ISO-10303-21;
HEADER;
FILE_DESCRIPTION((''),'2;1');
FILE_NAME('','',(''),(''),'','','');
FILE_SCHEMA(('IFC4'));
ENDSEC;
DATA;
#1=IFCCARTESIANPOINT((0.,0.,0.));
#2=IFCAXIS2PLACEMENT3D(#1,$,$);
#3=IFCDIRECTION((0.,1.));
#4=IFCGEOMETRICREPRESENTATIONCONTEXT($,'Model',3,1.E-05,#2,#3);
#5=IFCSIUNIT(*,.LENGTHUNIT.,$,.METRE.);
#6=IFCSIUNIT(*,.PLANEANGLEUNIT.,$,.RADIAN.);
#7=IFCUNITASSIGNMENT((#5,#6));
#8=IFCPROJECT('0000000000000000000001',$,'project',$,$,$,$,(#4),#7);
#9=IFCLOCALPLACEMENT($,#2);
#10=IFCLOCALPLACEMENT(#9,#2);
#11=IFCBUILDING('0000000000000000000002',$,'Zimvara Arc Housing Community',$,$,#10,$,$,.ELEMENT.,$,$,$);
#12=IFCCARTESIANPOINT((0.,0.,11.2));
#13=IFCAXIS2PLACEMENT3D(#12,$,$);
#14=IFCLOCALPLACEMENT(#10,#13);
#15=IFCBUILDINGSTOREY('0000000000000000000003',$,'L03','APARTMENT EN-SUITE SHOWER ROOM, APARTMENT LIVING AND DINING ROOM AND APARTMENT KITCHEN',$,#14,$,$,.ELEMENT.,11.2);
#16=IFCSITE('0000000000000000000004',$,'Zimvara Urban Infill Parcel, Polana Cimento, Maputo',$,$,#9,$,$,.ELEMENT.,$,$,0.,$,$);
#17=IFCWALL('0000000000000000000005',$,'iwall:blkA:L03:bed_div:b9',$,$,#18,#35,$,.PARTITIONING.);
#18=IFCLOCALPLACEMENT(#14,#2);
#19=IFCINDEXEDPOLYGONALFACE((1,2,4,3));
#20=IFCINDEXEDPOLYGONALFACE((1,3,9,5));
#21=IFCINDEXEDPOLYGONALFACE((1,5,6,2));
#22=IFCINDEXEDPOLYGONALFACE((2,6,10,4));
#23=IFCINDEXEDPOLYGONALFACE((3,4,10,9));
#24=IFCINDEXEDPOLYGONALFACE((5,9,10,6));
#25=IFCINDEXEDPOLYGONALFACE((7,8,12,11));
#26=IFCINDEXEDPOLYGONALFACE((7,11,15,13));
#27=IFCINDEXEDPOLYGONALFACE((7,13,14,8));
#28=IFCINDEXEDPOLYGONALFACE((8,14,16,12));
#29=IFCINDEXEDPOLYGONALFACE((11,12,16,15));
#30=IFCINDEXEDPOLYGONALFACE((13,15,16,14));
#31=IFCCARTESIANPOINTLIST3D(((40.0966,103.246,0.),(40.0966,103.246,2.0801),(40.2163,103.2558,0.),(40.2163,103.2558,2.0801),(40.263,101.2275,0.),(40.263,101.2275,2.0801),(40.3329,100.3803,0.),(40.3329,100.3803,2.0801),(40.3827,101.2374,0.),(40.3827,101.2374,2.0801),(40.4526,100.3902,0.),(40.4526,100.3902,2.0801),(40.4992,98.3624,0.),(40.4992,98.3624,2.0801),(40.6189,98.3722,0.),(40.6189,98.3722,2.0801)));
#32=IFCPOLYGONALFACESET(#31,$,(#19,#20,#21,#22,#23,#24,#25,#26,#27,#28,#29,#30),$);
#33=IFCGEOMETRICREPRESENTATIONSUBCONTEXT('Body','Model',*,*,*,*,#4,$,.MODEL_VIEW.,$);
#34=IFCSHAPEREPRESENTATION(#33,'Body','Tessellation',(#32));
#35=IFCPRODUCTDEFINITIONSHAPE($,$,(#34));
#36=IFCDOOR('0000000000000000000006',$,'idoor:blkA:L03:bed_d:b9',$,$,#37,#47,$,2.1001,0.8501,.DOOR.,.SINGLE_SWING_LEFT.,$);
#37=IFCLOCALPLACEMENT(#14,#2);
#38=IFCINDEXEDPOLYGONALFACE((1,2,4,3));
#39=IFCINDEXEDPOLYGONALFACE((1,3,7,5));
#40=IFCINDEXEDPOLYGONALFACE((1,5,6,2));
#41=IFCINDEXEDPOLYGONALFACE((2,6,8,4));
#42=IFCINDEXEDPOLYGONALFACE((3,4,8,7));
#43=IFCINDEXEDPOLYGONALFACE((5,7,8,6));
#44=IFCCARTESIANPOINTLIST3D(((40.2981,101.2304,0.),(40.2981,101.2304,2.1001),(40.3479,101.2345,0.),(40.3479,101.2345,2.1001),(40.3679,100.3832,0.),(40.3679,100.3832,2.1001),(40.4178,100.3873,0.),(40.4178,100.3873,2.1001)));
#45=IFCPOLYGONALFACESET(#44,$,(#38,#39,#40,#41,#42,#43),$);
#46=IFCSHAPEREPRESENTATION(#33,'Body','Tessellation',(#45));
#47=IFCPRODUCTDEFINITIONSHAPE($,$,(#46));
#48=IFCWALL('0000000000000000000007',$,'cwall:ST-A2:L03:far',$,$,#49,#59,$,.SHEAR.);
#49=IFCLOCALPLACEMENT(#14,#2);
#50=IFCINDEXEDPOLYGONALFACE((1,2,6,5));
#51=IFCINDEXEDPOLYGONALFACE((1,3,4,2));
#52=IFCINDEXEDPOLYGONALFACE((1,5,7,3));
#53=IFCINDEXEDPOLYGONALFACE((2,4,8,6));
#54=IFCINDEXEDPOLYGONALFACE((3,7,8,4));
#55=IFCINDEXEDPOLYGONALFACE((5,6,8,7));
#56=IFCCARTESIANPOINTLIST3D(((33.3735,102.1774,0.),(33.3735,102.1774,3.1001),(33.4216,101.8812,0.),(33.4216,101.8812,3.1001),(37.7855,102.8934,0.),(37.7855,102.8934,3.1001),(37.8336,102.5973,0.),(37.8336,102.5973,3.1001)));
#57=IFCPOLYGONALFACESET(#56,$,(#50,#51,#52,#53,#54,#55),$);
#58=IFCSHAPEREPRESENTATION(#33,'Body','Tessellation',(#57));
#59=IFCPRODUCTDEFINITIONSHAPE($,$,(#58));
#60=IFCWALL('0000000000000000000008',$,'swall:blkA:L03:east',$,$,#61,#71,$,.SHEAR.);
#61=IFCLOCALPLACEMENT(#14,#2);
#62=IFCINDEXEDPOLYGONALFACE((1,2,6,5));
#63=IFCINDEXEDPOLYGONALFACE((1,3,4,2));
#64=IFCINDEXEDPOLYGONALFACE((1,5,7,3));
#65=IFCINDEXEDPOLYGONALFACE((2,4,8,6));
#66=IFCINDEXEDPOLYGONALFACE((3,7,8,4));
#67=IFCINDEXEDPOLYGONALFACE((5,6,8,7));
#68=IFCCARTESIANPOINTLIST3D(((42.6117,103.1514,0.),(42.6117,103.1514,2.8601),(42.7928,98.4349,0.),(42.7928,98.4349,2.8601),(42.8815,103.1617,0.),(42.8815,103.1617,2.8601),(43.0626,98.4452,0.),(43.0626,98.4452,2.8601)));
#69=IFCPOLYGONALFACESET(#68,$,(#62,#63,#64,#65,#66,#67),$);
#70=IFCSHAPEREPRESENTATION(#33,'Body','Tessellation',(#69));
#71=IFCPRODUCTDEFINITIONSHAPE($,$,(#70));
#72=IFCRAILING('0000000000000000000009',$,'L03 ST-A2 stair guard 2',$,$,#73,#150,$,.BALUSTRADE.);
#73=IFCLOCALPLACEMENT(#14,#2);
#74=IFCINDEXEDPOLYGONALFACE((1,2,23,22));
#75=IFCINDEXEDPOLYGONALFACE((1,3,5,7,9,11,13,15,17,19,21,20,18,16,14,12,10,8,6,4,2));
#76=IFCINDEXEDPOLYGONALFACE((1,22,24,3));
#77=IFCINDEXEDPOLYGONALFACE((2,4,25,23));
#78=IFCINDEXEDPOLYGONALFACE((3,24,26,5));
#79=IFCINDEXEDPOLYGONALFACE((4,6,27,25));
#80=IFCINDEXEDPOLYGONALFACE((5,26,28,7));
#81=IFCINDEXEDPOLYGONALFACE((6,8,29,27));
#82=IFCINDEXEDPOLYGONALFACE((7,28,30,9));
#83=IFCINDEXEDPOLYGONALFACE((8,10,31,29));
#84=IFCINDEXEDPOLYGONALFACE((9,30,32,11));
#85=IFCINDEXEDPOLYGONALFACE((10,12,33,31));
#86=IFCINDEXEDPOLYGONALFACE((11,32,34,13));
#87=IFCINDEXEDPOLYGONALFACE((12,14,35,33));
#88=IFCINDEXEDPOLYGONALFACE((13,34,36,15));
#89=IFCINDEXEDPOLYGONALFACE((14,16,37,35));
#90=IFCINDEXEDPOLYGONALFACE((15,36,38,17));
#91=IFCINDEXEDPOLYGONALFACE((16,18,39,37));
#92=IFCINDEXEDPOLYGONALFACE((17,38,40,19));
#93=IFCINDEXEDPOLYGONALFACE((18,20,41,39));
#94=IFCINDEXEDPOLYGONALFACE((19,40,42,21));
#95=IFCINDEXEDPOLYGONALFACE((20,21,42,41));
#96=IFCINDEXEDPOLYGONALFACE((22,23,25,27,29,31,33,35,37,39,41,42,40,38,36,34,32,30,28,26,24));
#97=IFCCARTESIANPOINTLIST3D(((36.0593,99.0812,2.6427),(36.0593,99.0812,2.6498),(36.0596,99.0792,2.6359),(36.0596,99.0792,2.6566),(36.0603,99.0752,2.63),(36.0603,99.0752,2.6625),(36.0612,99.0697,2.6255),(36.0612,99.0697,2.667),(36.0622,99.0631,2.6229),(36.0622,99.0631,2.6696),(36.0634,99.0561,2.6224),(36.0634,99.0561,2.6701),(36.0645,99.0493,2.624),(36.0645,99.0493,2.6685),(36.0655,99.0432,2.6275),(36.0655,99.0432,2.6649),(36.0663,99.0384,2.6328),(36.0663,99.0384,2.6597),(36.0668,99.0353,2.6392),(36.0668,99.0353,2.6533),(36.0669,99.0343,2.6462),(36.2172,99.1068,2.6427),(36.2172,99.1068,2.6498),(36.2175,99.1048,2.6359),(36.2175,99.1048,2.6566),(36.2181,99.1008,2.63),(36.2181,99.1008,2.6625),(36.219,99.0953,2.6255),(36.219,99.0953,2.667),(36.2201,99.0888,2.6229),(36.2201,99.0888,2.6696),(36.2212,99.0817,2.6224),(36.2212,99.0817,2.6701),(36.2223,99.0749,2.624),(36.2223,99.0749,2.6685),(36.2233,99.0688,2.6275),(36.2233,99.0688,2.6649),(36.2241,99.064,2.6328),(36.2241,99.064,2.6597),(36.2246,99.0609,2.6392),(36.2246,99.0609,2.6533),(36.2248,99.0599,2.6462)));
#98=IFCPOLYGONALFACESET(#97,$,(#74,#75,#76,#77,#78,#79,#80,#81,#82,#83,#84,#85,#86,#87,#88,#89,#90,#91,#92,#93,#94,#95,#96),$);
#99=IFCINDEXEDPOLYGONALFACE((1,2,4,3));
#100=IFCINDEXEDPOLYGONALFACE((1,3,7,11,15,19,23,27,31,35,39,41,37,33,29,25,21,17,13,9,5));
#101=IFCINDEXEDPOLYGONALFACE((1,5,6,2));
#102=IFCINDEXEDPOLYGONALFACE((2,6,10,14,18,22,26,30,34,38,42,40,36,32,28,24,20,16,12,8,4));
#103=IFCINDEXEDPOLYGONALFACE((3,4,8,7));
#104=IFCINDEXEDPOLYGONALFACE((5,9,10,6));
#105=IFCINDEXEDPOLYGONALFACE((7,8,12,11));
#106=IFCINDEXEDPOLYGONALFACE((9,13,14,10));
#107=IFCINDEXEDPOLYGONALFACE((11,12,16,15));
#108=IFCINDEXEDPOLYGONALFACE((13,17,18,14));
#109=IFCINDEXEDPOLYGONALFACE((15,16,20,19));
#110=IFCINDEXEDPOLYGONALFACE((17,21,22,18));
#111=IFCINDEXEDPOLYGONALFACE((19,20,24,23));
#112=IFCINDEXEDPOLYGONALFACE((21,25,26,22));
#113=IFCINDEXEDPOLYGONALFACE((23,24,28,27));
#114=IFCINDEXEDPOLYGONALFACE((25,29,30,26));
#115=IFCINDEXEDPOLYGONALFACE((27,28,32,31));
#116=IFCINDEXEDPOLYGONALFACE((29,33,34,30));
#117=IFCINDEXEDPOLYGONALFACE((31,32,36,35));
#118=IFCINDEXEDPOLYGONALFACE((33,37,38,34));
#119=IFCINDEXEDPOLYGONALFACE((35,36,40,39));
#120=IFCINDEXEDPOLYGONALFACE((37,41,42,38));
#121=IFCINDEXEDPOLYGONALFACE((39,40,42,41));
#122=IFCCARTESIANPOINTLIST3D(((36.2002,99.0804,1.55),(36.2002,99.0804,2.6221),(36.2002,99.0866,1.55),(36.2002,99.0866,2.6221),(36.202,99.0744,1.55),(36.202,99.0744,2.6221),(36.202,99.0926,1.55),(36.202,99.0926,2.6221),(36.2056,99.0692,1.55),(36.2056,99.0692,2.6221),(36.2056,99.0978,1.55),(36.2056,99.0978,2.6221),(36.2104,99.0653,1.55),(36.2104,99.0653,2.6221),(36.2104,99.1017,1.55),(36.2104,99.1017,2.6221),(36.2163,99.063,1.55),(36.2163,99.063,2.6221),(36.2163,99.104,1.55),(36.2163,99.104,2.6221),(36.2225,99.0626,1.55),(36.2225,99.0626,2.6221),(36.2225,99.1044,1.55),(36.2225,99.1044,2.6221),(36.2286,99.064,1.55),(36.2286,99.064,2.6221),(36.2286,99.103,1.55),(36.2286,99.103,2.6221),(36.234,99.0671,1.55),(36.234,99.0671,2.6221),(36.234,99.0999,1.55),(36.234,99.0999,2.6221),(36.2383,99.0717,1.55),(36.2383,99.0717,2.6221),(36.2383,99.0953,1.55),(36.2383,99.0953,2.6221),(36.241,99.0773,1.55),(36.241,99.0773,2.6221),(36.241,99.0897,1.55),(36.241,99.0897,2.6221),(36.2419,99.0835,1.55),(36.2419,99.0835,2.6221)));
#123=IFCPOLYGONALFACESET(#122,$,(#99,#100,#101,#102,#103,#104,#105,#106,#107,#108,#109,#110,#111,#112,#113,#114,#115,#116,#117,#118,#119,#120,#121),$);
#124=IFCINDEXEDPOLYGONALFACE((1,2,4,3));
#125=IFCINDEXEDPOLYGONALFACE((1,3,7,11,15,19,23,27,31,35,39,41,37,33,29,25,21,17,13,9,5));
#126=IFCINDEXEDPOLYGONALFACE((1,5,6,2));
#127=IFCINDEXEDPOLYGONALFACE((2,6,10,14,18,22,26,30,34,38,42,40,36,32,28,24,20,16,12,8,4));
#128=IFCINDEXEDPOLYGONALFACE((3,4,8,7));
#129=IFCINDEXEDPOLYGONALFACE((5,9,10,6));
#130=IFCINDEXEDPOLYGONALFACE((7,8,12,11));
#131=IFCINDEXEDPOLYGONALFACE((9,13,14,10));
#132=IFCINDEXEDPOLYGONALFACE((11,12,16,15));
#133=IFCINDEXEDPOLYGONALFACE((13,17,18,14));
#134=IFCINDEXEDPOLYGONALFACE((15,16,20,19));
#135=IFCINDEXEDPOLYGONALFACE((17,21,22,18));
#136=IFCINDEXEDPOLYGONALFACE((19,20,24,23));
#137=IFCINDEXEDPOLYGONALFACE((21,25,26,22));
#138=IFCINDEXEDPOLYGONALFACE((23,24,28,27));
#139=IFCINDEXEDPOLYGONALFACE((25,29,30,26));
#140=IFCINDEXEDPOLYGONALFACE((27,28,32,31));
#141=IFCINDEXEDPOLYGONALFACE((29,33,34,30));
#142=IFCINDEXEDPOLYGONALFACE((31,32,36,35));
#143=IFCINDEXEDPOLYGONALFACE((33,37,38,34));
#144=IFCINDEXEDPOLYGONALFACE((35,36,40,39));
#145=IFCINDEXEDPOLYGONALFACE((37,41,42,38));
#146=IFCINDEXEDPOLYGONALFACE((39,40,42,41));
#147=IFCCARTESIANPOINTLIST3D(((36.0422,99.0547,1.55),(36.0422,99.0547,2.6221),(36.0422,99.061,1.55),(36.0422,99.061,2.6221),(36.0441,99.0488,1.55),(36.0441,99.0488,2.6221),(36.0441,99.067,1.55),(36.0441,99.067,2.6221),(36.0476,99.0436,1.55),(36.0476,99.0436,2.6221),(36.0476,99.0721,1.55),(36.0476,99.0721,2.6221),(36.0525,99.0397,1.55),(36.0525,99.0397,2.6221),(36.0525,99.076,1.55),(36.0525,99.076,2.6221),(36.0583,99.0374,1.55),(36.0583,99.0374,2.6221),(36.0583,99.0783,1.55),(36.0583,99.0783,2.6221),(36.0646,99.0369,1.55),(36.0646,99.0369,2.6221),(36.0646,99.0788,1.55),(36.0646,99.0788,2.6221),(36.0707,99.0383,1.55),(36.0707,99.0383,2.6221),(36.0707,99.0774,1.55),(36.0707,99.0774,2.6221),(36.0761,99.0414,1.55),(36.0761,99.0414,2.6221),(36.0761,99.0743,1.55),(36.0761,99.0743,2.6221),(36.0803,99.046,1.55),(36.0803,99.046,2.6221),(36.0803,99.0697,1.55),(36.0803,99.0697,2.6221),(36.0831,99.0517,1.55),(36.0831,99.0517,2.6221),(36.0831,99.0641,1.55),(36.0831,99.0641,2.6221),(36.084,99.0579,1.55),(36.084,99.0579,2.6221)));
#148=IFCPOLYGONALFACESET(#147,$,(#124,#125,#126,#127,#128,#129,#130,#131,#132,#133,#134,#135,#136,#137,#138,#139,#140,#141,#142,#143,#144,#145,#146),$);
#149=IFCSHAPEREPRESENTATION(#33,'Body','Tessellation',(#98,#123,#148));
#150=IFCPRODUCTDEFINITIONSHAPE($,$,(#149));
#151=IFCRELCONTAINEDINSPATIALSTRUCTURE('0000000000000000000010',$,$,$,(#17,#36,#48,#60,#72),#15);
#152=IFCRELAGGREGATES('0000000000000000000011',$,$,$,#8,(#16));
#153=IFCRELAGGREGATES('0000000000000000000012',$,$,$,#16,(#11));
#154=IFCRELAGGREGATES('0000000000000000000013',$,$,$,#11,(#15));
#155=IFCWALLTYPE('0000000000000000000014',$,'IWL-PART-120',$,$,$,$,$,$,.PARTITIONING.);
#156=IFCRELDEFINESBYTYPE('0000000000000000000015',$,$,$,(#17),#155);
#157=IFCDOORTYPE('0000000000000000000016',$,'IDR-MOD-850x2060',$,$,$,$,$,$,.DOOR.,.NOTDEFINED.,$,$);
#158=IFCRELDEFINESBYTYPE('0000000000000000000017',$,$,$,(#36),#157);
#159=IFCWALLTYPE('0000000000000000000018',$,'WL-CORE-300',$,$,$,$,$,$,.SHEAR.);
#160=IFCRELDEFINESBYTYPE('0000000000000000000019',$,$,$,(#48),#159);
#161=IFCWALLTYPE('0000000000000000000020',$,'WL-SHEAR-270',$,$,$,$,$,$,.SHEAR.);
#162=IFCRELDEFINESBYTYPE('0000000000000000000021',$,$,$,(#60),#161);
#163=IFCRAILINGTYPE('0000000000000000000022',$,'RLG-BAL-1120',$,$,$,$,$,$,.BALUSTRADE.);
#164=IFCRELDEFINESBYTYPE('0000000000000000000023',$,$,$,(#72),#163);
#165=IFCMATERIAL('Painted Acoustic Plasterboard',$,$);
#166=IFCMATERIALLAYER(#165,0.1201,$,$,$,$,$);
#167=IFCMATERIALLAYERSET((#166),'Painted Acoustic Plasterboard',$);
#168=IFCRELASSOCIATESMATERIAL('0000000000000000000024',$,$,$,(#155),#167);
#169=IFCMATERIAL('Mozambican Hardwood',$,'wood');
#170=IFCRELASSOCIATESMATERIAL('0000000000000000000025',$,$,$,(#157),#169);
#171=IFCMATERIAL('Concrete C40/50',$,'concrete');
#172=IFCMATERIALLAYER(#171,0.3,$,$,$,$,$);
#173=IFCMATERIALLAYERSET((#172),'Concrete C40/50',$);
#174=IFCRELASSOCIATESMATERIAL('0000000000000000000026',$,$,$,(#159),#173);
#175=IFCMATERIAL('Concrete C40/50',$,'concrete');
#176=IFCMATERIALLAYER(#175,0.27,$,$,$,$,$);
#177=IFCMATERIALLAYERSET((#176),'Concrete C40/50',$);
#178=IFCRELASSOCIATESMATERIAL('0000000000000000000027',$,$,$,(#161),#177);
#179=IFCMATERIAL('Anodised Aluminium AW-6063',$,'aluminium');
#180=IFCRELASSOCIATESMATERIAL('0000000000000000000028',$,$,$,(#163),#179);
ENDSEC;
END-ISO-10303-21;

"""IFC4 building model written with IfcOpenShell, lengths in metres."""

from ifc_helpers import new_model, si_unit, direction, frame, frame_2d, origin, origin_2d, place, context, subcontext, project, spatial, rectangle, circle, extrude, material, layer, layer_set, type_object, element, fill, save


model = new_model("IFC4")

# Units and contexts
model_context = context("Model", 3, precision=1e-05, world=origin(), true_north=direction((0.0, 1.0)))
body_context = subcontext(model_context, "Body", "Model", "MODEL_VIEW")
ifc_project = project(units=[si_unit("LENGTHUNIT", "METRE"), si_unit("PLANEANGLEUNIT", "RADIAN")], contexts=[model_context])

# Site, building, storey
site_placement = place(None, origin())
site = spatial("IfcSite", under=ifc_project, at=site_placement, Name="Zimvara Urban Infill Parcel, Polana Cimento, Maputo", CompositionType="ELEMENT", RefElevation=0.0)
building_placement = place(site_placement, origin())
building = spatial("IfcBuilding", under=site, at=building_placement, Name="Zimvara Arc Housing Community", CompositionType="ELEMENT")
storey_placement = place(building_placement, frame((0.0, 0.0, 11.2)))
storey = spatial("IfcBuildingStorey", under=building, at=storey_placement, Name="L03", Description="APARTMENT EN-SUITE SHOWER ROOM, APARTMENT LIVING AND DINING ROOM AND APARTMENT KITCHEN", CompositionType="ELEMENT", Elevation=11.2)

# Wall, opening, door
ifc_material_1 = material(Name="Painted Acoustic Plasterboard")
ifc_layer_1 = layer(ifc_material_1, 0.1201)
ifc_layer_set_1 = layer_set([ifc_layer_1], Name="Painted Acoustic Plasterboard")
wall_type_1 = type_object("IfcWallType", Name="IWL-PART-120", PredefinedType="PARTITIONING", material=ifc_layer_set_1)
wall_1_placement = place(storey_placement, frame((40.5591, 98.3672, 0.0), z_axis=(0.0, 0.0, 1.0), x_axis=(-0.082159, 0.996619, 0.0)))
wall_1 = element("IfcWall", 1, at=wall_1_placement, inside=storey, type_object=wall_type_1, Name="iwall:blkA:L03:bed_div:b9", PredefinedType="PARTITIONING", context=body_context, shape_type="SweptSolid", body=[
    extrude(rectangle(XDim=4.9001, YDim=0.1201, at=frame_2d((2.4502, 0.0))), origin(), (0.0, 0.0, 1.0), 2.0801),
])
opening_placement = place(wall_1_placement, frame((2.0249, 0.0, 0.0)))
opening = element("IfcOpeningElement", 2, at=opening_placement, cuts=wall_1, PredefinedType="OPENING", context=body_context, shape_type="SweptSolid", body=[
    extrude(rectangle(XDim=0.8501, YDim=2.1001, at=frame_2d((0.425, 1.05))), frame((0.0, 0.0701, 0.0), z_axis=(0.0, -1.0, 0.0), x_axis=(1.0, 0.0, 0.0)), (0.0, 0.0, 1.0), 0.1401),
])
ifc_material_2 = material(Name="Mozambican Hardwood", Category="wood")
door_type = type_object("IfcDoorType", Name="IDR-MOD-850x2060", OperationType="NOTDEFINED", PredefinedType="DOOR", material=ifc_material_2)
door_placement = place(opening_placement, origin())
door = element("IfcDoor", 3, at=door_placement, inside=storey, type_object=door_type, Name="idoor:blkA:L03:bed_d:b9", OperationType="SINGLE_SWING_LEFT", OverallHeight=2.1001, OverallWidth=0.8501, PredefinedType="DOOR", context=body_context, shape_type="SweptSolid", body=[
    extrude(rectangle(XDim=0.8501, YDim=2.1001, at=frame_2d((0.425, 1.05))), frame((0.0, 0.0249, 0.0), z_axis=(0.0, -1.0, 0.0), x_axis=(1.0, 0.0, 0.0)), (0.0, 0.0, 1.0), 0.05),
])
fill(opening, door)

# Walls
ifc_material_3 = material(Name="Concrete C40/50", Category="concrete")
ifc_layer_2 = layer(ifc_material_3, 0.3)
ifc_layer_set_2 = layer_set([ifc_layer_2], Name="Concrete C40/50")
wall_type_2 = type_object("IfcWallType", Name="WL-CORE-300", PredefinedType="SHEAR", material=ifc_layer_set_2)
wall_2_placement = place(storey_placement, frame((37.8096, 102.7454, 0.0), z_axis=(0.0, 0.0, 1.0), x_axis=(-0.987085, -0.160199, 0.0)))
element("IfcWall", 4, at=wall_2_placement, inside=storey, type_object=wall_type_2, Name="cwall:ST-A2:L03:far", PredefinedType="SHEAR", context=body_context, shape_type="SweptSolid", body=[
    extrude(rectangle(XDim=4.4697, YDim=0.3, at=frame_2d((2.2349, 0.0))), origin(), (0.0, 0.0, 1.0), 3.1001),
])
ifc_material_4 = material(Name="Concrete C40/50", Category="concrete")
ifc_layer_3 = layer(ifc_material_4, 0.27)
ifc_layer_set_3 = layer_set([ifc_layer_3], Name="Concrete C40/50")
wall_type_3 = type_object("IfcWallType", Name="WL-SHEAR-270", PredefinedType="SHEAR", material=ifc_layer_set_3)
wall_3_placement = place(storey_placement, frame((42.9277, 98.4402, 0.0), z_axis=(0.0, 0.0, 1.0), x_axis=(-0.038379, 0.999263, 0.0)))
element("IfcWall", 5, at=wall_3_placement, inside=storey, type_object=wall_type_3, Name="swall:blkA:L03:east", PredefinedType="SHEAR", context=body_context, shape_type="SweptSolid", body=[
    extrude(rectangle(XDim=4.72, YDim=0.27, at=frame_2d((2.3599, 0.0))), origin(), (0.0, 0.0, 1.0), 2.8601),
])

# Railing
ifc_material_5 = material(Name="Anodised Aluminium AW-6063", Category="aluminium")
railing_type = type_object("IfcRailingType", Name="RLG-BAL-1120", PredefinedType="BALUSTRADE", material=ifc_material_5)
railing_1_placement = place(storey_placement, frame((36.2209, 99.0835, 1.55)))
element("IfcRailing", 6, at=railing_1_placement, inside=storey, type_object=railing_type, Name="L03 ST-A2 stair guard 2", PredefinedType="BALUSTRADE", context=body_context, shape_type="SweptSolid", body=[
    extrude(circle(Radius=0.0239, at=origin_2d()), frame((0.0, 0.0, 1.0962), z_axis=(-0.987086, -0.160192, 0.0), x_axis=(0.160192, -0.987086, 0.0)), (0.0, 0.0, 1.0), 0.1599),
    extrude(circle(Radius=0.021, at=origin_2d()), origin(), (0.0, 0.0, 1.0), 1.072),
    extrude(circle(Radius=0.021, at=origin_2d()), frame((-0.158, -0.0256, 0.0)), (0.0, 0.0, 1.0), 1.072),
])

save(model, "model.ifc")
